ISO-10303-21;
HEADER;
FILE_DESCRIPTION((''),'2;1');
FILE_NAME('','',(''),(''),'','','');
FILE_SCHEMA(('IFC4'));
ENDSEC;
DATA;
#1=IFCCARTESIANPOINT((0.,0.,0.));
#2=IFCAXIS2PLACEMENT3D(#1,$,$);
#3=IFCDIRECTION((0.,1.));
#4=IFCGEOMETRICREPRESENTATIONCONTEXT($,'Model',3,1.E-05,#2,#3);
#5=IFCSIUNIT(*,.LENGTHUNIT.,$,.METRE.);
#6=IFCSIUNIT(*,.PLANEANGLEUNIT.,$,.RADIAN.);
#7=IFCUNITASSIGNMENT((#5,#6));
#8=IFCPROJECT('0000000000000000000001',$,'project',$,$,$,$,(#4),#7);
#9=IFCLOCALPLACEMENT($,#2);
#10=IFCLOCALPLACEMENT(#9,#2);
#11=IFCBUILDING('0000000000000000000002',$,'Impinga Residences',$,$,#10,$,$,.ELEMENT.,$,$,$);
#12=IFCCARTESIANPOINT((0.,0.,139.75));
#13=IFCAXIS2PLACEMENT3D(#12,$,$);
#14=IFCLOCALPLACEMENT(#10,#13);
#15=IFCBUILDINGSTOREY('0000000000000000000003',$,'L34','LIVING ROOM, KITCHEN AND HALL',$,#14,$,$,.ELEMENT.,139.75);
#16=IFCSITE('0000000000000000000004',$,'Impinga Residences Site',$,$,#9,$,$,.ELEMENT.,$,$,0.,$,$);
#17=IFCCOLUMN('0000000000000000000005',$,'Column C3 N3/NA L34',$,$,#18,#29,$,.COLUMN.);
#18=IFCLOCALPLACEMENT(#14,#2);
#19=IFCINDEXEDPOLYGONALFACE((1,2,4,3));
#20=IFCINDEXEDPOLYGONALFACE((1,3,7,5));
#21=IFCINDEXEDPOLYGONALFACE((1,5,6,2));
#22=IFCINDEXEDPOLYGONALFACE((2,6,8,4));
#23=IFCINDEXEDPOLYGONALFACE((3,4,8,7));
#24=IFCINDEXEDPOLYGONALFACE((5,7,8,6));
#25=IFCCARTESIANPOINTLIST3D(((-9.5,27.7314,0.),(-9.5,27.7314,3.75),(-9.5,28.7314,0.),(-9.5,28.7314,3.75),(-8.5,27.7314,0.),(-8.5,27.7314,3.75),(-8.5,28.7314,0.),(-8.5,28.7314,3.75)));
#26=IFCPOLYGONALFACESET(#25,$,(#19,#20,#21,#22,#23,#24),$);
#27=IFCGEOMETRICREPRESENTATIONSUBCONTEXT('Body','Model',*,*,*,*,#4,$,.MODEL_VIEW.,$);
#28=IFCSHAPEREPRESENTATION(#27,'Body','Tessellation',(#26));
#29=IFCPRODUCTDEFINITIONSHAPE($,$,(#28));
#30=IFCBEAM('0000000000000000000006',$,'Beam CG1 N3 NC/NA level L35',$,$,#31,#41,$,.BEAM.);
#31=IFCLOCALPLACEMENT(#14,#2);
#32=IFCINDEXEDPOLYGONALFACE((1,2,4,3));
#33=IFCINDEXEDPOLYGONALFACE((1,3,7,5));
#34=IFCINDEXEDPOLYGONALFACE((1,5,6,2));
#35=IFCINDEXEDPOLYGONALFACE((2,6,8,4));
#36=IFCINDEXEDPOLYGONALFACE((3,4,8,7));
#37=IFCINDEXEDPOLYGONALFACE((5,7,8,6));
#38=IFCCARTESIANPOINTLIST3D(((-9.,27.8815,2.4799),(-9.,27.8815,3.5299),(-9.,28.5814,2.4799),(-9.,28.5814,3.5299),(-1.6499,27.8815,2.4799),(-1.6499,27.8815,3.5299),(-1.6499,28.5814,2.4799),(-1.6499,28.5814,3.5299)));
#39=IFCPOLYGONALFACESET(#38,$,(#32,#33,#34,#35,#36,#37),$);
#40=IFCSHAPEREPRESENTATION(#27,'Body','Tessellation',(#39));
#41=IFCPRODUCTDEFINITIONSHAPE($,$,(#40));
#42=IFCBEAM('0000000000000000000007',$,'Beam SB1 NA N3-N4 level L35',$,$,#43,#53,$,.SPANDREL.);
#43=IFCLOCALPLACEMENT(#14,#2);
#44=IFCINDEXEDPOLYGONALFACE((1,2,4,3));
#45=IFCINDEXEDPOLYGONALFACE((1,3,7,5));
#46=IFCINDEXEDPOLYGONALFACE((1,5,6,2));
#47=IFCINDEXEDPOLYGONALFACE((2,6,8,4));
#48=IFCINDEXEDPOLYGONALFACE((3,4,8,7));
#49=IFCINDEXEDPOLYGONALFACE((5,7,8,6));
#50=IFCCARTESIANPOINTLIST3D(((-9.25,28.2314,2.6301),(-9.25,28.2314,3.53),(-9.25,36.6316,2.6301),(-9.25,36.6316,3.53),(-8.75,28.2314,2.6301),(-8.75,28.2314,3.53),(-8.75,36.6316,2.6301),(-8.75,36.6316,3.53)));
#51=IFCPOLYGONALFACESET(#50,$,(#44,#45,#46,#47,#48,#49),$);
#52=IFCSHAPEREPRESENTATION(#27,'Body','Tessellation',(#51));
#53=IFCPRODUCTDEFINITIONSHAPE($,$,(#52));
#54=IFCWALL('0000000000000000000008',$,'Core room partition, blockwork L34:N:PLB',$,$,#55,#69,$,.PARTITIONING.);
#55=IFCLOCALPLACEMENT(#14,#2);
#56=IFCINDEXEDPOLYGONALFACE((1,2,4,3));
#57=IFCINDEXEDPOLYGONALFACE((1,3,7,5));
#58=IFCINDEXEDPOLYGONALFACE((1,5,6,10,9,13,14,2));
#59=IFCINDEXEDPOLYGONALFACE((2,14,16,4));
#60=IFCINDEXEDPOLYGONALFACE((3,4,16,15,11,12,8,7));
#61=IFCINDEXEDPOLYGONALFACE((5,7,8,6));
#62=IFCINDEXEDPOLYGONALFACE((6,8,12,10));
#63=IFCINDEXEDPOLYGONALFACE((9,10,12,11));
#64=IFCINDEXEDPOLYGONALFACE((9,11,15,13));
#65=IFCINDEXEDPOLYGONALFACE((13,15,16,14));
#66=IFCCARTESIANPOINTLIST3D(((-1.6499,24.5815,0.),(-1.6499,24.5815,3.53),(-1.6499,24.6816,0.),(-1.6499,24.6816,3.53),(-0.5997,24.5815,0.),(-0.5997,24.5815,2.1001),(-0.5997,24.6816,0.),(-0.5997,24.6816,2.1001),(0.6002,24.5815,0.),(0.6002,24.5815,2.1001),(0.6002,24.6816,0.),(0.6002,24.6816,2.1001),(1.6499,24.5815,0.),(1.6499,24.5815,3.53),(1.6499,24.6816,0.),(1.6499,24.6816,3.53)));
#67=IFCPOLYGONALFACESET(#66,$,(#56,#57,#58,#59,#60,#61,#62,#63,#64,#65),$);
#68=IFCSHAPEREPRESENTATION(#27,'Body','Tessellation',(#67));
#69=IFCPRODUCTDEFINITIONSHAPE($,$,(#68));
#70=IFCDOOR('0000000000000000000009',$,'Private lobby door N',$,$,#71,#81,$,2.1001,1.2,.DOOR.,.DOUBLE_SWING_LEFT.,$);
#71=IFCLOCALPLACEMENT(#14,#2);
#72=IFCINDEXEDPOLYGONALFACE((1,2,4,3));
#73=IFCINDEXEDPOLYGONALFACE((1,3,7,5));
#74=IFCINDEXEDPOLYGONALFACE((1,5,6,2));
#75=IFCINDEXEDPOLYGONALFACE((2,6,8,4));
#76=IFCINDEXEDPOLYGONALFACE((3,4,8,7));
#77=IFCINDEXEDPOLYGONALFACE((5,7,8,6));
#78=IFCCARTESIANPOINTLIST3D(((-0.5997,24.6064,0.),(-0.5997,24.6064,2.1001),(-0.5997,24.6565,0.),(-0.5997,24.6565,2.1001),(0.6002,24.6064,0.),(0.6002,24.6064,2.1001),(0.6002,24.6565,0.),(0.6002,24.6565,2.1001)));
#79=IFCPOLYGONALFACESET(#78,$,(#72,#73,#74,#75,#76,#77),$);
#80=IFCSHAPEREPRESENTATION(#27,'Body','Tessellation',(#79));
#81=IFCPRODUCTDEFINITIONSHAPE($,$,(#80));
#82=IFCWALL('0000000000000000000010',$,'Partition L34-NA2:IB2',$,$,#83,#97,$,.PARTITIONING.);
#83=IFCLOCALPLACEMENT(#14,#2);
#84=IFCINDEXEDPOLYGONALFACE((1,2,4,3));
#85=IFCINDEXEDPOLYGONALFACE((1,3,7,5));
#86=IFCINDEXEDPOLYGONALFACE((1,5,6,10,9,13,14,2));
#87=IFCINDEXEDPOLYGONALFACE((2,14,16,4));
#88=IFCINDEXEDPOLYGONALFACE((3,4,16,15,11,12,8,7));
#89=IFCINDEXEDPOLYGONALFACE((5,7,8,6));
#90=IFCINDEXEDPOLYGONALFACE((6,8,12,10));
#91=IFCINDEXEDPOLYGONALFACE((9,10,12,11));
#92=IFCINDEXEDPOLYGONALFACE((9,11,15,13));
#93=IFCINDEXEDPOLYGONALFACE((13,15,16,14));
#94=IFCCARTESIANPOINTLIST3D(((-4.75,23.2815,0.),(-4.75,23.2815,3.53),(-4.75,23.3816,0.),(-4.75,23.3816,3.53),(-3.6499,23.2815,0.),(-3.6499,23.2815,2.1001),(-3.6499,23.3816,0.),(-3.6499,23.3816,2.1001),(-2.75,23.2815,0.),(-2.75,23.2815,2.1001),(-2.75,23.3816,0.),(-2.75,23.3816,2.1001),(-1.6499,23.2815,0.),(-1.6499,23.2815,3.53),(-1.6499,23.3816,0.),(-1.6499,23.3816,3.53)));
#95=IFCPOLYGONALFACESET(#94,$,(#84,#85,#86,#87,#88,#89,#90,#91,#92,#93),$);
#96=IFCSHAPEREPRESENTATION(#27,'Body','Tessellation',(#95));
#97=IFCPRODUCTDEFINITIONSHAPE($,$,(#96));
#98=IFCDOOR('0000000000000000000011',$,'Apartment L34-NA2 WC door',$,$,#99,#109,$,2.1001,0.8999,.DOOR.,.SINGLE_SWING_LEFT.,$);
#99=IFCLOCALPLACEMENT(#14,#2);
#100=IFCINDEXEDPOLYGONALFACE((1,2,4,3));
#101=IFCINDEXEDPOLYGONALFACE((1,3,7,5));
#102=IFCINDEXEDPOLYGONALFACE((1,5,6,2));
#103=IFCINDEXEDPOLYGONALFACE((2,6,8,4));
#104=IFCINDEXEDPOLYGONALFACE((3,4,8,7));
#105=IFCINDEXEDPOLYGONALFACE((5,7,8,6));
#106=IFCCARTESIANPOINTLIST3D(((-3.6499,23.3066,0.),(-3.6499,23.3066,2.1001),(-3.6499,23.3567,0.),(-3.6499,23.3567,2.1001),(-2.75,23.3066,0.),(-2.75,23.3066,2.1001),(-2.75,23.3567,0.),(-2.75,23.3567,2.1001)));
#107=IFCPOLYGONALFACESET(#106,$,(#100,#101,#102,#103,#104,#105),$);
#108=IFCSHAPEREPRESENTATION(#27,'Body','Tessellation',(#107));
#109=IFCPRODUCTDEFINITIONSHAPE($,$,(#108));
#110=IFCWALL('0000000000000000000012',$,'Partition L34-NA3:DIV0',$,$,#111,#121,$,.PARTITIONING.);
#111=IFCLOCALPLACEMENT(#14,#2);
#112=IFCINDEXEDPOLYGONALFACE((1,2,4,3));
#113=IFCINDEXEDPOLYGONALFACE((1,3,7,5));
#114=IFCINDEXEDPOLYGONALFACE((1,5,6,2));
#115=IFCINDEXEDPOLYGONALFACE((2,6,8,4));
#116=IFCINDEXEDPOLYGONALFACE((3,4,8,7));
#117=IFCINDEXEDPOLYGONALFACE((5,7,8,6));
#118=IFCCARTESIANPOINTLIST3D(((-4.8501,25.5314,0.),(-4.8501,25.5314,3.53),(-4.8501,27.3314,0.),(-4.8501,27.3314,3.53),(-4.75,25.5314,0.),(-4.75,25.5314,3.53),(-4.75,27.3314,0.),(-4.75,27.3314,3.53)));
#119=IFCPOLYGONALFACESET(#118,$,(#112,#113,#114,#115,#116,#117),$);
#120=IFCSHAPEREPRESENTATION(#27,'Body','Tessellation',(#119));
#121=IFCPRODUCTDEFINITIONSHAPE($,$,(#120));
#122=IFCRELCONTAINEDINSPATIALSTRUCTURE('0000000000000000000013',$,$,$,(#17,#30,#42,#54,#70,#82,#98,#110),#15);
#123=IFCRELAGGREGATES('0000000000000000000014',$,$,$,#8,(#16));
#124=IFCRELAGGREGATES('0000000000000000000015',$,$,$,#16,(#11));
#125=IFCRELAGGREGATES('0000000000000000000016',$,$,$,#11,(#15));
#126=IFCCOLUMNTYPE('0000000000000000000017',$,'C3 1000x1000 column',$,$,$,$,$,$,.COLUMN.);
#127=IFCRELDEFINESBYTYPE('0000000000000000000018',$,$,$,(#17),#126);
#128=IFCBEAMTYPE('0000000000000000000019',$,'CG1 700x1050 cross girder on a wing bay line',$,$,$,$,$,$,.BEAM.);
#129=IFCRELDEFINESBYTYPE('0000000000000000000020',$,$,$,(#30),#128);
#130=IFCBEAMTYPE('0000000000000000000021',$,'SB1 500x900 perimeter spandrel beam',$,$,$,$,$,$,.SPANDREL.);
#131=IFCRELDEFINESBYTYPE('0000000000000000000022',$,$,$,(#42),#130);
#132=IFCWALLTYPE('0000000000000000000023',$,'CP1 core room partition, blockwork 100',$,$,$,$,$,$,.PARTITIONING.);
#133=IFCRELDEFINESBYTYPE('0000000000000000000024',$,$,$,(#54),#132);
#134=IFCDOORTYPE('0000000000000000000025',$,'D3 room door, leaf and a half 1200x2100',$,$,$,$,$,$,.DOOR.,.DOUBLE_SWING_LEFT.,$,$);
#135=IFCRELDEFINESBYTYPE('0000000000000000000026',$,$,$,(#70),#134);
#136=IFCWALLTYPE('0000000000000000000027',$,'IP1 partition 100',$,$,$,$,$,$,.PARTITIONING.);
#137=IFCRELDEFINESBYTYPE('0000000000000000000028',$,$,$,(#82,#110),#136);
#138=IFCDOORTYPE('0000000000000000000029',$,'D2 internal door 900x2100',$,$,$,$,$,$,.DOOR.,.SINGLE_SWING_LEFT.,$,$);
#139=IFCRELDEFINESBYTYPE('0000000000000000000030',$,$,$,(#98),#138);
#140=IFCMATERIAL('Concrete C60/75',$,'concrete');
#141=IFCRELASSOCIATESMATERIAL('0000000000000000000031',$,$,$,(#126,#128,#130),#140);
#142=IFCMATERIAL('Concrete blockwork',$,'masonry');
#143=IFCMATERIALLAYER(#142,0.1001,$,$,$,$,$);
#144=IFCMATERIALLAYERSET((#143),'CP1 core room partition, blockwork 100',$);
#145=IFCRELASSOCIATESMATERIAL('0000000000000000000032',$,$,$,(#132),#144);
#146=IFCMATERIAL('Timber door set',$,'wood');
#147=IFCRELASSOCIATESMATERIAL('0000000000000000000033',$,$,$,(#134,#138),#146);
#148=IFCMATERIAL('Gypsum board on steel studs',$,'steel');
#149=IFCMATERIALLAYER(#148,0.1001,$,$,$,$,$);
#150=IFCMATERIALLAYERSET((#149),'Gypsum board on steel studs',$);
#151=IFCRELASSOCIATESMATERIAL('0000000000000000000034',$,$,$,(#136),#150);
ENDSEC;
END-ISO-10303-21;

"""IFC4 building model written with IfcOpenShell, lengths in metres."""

from ifc_helpers import new_model, si_unit, direction, frame, frame_2d, origin, origin_2d, place, context, subcontext, project, spatial, rectangle, extrude, material, layer, layer_set, material_profile, profile_set, type_object, element, fill, save


model = new_model("IFC4")

# Units and contexts
model_context = context("Model", 3, precision=1e-05, world=origin(), true_north=direction((0.0, 1.0)))
body_context = subcontext(model_context, "Body", "Model", "MODEL_VIEW")
ifc_project = project(units=[si_unit("LENGTHUNIT", "METRE"), si_unit("PLANEANGLEUNIT", "RADIAN")], contexts=[model_context])

# Site, building, storey
site_placement = place(None, origin())
site = spatial("IfcSite", under=ifc_project, at=site_placement, Name="Impinga Residences Site", CompositionType="ELEMENT", RefElevation=0.0)
building_placement = place(site_placement, origin())
building = spatial("IfcBuilding", under=site, at=building_placement, Name="Impinga Residences", CompositionType="ELEMENT")
storey_placement = place(building_placement, frame((0.0, 0.0, 139.75)))
storey = spatial("IfcBuildingStorey", under=building, at=storey_placement, Name="L34", Description="LIVING ROOM, KITCHEN AND HALL", CompositionType="ELEMENT", Elevation=139.75)

# Column
ifc_material_1 = material(Name="Concrete C60/75", Category="concrete")
ifc_material_profile_1 = material_profile(ifc_material_1, rectangle(XDim=1.0, YDim=1.0, at=origin_2d()), Name="RC 1000x1000")
ifc_profile_set_1 = profile_set([ifc_material_profile_1], Name="Concrete C60/75")
column_type = type_object("IfcColumnType", Name="C3 1000x1000 column", PredefinedType="COLUMN", material=ifc_profile_set_1)
column_placement = place(storey_placement, frame((-9.0, 28.2314, 0.0), z_axis=(0.0, 0.0, 1.0), x_axis=(1.0, 0.0, 0.0)))
element("IfcColumn", 1, at=column_placement, inside=storey, type_object=column_type, Name="Column C3 N3/NA L34", PredefinedType="COLUMN", context=body_context, shape_type="SweptSolid", body=[
    extrude(rectangle(XDim=1.0, YDim=1.0, at=origin_2d()), origin(), (0.0, 0.0, 1.0), 3.75),
])

# Beams
ifc_material_profile_2 = material_profile(ifc_material_1, rectangle(XDim=0.7, YDim=1.05, at=origin_2d()), Name="RC 700x1050")
ifc_profile_set_2 = profile_set([ifc_material_profile_2], Name="Concrete C60/75")
beam_type_1 = type_object("IfcBeamType", Name="CG1 700x1050 cross girder on a wing bay line", PredefinedType="BEAM", material=ifc_profile_set_2)
beam_1_placement = place(storey_placement, frame((-1.6499, 28.2314, 3.0049), z_axis=(-1.0, 0.0, 0.0), x_axis=(0.0, -1.0, 0.0)))
element("IfcBeam", 2, at=beam_1_placement, inside=storey, type_object=beam_type_1, Name="Beam CG1 N3 NC/NA level L35", PredefinedType="BEAM", context=body_context, shape_type="SweptSolid", body=[
    extrude(rectangle(XDim=0.7, YDim=1.05, at=origin_2d()), origin(), (0.0, 0.0, 1.0), 7.3501),
])
ifc_material_profile_3 = material_profile(ifc_material_1, rectangle(XDim=0.5, YDim=0.8999, at=origin_2d()), Name="RC 500x900")
ifc_profile_set_3 = profile_set([ifc_material_profile_3], Name="Concrete C60/75")
beam_type_2 = type_object("IfcBeamType", Name="SB1 500x900 perimeter spandrel beam", PredefinedType="SPANDREL", material=ifc_profile_set_3)
beam_2_placement = place(storey_placement, frame((-9.0, 28.2314, 3.0801), z_axis=(0.0, 1.0, 0.0), x_axis=(-1.0, 0.0, 0.0)))
element("IfcBeam", 3, at=beam_2_placement, inside=storey, type_object=beam_type_2, Name="Beam SB1 NA N3-N4 level L35", PredefinedType="SPANDREL", context=body_context, shape_type="SweptSolid", body=[
    extrude(rectangle(XDim=0.5, YDim=0.8999, at=origin_2d()), origin(), (0.0, 0.0, 1.0), 8.4001),
])

# Walls, openings, doors
ifc_material_2 = material(Name="Concrete blockwork", Category="masonry")
ifc_layer_1 = layer(ifc_material_2, 0.1001)
ifc_layer_set_1 = layer_set([ifc_layer_1], Name="CP1 core room partition, blockwork 100")
wall_type_1 = type_object("IfcWallType", Name="CP1 core room partition, blockwork 100", PredefinedType="PARTITIONING", material=ifc_layer_set_1)
wall_1_placement = place(storey_placement, frame((-1.6499, 24.6316, 0.0), z_axis=(0.0, 0.0, 1.0), x_axis=(1.0, 0.0, 0.0)))
wall_1 = element("IfcWall", 4, at=wall_1_placement, inside=storey, type_object=wall_type_1, Name="Core room partition, blockwork L34:N:PLB", PredefinedType="PARTITIONING", context=body_context, shape_type="SweptSolid", body=[
    extrude(rectangle(XDim=3.2998, YDim=0.1001, at=frame_2d((1.6499, 0.0))), origin(), (0.0, 0.0, 1.0), 3.53),
])
opening_1_placement = place(wall_1_placement, frame((1.05, 0.0, 0.0)))
opening_1 = element("IfcOpeningElement", 5, at=opening_1_placement, cuts=wall_1, PredefinedType="OPENING", context=body_context, shape_type="SweptSolid", body=[
    extrude(rectangle(XDim=1.2, YDim=2.1001, at=frame_2d((0.6001, 1.05))), frame((0.0, 0.0601, 0.0), z_axis=(0.0, -1.0, 0.0), x_axis=(1.0, 0.0, 0.0)), (0.0, 0.0, 1.0), 0.1201),
])
ifc_material_3 = material(Name="Timber door set", Category="wood")
door_type_1 = type_object("IfcDoorType", Name="D3 room door, leaf and a half 1200x2100", OperationType="DOUBLE_SWING_LEFT", PredefinedType="DOOR", material=ifc_material_3)
door_1_placement = place(opening_1_placement, origin())
door_1 = element("IfcDoor", 6, at=door_1_placement, inside=storey, type_object=door_type_1, Name="Private lobby door N", OperationType="DOUBLE_SWING_LEFT", OverallHeight=2.1001, OverallWidth=1.2, PredefinedType="DOOR", context=body_context, shape_type="SweptSolid", body=[
    extrude(rectangle(XDim=1.2, YDim=2.1001, at=frame_2d((0.6001, 1.05))), frame((0.0, 0.0249, 0.0), z_axis=(0.0, -1.0, 0.0), x_axis=(1.0, 0.0, 0.0)), (0.0, 0.0, 1.0), 0.05),
])
fill(opening_1, door_1)
ifc_material_4 = material(Name="Gypsum board on steel studs", Category="steel")
ifc_layer_2 = layer(ifc_material_4, 0.1001)
ifc_layer_set_2 = layer_set([ifc_layer_2], Name="Gypsum board on steel studs")
wall_type_2 = type_object("IfcWallType", Name="IP1 partition 100", PredefinedType="PARTITIONING", material=ifc_layer_set_2)
wall_2_placement = place(storey_placement, frame((-1.6499, 23.3315, 0.0), z_axis=(0.0, 0.0, 1.0), x_axis=(-1.0, 0.0, 0.0)))
wall_2 = element("IfcWall", 7, at=wall_2_placement, inside=storey, type_object=wall_type_2, Name="Partition L34-NA2:IB2", PredefinedType="PARTITIONING", context=body_context, shape_type="SweptSolid", body=[
    extrude(rectangle(XDim=3.1001, YDim=0.1001, at=frame_2d((1.55, 0.0))), origin(), (0.0, 0.0, 1.0), 3.53),
])
opening_2_placement = place(wall_2_placement, frame((1.1001, 0.0, 0.0)))
opening_2 = element("IfcOpeningElement", 8, at=opening_2_placement, cuts=wall_2, PredefinedType="OPENING", context=body_context, shape_type="SweptSolid", body=[
    extrude(rectangle(XDim=0.8999, YDim=2.1001, at=frame_2d((0.45, 1.05))), frame((0.0, 0.0601, 0.0), z_axis=(0.0, -1.0, 0.0), x_axis=(1.0, 0.0, 0.0)), (0.0, 0.0, 1.0), 0.1201),
])
door_type_2 = type_object("IfcDoorType", Name="D2 internal door 900x2100", OperationType="SINGLE_SWING_LEFT", PredefinedType="DOOR", material=ifc_material_3)
door_2_placement = place(opening_2_placement, origin())
door_2 = element("IfcDoor", 9, at=door_2_placement, inside=storey, type_object=door_type_2, Name="Apartment L34-NA2 WC door", OperationType="SINGLE_SWING_LEFT", OverallHeight=2.1001, OverallWidth=0.8999, PredefinedType="DOOR", context=body_context, shape_type="SweptSolid", body=[
    extrude(rectangle(XDim=0.8999, YDim=2.1001, at=frame_2d((0.45, 1.05))), frame((0.0, 0.0249, 0.0), z_axis=(0.0, -1.0, 0.0), x_axis=(1.0, 0.0, 0.0)), (0.0, 0.0, 1.0), 0.05),
])
fill(opening_2, door_2)

# Wall
wall_3_placement = place(storey_placement, frame((-4.8, 25.5315, 0.0), z_axis=(0.0, 0.0, 1.0), x_axis=(0.0, 1.0, 0.0)))
element("IfcWall", 10, at=wall_3_placement, inside=storey, type_object=wall_type_2, Name="Partition L34-NA3:DIV0", PredefinedType="PARTITIONING", context=body_context, shape_type="SweptSolid", body=[
    extrude(rectangle(XDim=1.8, YDim=0.1001, at=frame_2d((0.8999, 0.0))), origin(), (0.0, 0.0, 1.0), 3.53),
])

save(model, "model.ifc")
